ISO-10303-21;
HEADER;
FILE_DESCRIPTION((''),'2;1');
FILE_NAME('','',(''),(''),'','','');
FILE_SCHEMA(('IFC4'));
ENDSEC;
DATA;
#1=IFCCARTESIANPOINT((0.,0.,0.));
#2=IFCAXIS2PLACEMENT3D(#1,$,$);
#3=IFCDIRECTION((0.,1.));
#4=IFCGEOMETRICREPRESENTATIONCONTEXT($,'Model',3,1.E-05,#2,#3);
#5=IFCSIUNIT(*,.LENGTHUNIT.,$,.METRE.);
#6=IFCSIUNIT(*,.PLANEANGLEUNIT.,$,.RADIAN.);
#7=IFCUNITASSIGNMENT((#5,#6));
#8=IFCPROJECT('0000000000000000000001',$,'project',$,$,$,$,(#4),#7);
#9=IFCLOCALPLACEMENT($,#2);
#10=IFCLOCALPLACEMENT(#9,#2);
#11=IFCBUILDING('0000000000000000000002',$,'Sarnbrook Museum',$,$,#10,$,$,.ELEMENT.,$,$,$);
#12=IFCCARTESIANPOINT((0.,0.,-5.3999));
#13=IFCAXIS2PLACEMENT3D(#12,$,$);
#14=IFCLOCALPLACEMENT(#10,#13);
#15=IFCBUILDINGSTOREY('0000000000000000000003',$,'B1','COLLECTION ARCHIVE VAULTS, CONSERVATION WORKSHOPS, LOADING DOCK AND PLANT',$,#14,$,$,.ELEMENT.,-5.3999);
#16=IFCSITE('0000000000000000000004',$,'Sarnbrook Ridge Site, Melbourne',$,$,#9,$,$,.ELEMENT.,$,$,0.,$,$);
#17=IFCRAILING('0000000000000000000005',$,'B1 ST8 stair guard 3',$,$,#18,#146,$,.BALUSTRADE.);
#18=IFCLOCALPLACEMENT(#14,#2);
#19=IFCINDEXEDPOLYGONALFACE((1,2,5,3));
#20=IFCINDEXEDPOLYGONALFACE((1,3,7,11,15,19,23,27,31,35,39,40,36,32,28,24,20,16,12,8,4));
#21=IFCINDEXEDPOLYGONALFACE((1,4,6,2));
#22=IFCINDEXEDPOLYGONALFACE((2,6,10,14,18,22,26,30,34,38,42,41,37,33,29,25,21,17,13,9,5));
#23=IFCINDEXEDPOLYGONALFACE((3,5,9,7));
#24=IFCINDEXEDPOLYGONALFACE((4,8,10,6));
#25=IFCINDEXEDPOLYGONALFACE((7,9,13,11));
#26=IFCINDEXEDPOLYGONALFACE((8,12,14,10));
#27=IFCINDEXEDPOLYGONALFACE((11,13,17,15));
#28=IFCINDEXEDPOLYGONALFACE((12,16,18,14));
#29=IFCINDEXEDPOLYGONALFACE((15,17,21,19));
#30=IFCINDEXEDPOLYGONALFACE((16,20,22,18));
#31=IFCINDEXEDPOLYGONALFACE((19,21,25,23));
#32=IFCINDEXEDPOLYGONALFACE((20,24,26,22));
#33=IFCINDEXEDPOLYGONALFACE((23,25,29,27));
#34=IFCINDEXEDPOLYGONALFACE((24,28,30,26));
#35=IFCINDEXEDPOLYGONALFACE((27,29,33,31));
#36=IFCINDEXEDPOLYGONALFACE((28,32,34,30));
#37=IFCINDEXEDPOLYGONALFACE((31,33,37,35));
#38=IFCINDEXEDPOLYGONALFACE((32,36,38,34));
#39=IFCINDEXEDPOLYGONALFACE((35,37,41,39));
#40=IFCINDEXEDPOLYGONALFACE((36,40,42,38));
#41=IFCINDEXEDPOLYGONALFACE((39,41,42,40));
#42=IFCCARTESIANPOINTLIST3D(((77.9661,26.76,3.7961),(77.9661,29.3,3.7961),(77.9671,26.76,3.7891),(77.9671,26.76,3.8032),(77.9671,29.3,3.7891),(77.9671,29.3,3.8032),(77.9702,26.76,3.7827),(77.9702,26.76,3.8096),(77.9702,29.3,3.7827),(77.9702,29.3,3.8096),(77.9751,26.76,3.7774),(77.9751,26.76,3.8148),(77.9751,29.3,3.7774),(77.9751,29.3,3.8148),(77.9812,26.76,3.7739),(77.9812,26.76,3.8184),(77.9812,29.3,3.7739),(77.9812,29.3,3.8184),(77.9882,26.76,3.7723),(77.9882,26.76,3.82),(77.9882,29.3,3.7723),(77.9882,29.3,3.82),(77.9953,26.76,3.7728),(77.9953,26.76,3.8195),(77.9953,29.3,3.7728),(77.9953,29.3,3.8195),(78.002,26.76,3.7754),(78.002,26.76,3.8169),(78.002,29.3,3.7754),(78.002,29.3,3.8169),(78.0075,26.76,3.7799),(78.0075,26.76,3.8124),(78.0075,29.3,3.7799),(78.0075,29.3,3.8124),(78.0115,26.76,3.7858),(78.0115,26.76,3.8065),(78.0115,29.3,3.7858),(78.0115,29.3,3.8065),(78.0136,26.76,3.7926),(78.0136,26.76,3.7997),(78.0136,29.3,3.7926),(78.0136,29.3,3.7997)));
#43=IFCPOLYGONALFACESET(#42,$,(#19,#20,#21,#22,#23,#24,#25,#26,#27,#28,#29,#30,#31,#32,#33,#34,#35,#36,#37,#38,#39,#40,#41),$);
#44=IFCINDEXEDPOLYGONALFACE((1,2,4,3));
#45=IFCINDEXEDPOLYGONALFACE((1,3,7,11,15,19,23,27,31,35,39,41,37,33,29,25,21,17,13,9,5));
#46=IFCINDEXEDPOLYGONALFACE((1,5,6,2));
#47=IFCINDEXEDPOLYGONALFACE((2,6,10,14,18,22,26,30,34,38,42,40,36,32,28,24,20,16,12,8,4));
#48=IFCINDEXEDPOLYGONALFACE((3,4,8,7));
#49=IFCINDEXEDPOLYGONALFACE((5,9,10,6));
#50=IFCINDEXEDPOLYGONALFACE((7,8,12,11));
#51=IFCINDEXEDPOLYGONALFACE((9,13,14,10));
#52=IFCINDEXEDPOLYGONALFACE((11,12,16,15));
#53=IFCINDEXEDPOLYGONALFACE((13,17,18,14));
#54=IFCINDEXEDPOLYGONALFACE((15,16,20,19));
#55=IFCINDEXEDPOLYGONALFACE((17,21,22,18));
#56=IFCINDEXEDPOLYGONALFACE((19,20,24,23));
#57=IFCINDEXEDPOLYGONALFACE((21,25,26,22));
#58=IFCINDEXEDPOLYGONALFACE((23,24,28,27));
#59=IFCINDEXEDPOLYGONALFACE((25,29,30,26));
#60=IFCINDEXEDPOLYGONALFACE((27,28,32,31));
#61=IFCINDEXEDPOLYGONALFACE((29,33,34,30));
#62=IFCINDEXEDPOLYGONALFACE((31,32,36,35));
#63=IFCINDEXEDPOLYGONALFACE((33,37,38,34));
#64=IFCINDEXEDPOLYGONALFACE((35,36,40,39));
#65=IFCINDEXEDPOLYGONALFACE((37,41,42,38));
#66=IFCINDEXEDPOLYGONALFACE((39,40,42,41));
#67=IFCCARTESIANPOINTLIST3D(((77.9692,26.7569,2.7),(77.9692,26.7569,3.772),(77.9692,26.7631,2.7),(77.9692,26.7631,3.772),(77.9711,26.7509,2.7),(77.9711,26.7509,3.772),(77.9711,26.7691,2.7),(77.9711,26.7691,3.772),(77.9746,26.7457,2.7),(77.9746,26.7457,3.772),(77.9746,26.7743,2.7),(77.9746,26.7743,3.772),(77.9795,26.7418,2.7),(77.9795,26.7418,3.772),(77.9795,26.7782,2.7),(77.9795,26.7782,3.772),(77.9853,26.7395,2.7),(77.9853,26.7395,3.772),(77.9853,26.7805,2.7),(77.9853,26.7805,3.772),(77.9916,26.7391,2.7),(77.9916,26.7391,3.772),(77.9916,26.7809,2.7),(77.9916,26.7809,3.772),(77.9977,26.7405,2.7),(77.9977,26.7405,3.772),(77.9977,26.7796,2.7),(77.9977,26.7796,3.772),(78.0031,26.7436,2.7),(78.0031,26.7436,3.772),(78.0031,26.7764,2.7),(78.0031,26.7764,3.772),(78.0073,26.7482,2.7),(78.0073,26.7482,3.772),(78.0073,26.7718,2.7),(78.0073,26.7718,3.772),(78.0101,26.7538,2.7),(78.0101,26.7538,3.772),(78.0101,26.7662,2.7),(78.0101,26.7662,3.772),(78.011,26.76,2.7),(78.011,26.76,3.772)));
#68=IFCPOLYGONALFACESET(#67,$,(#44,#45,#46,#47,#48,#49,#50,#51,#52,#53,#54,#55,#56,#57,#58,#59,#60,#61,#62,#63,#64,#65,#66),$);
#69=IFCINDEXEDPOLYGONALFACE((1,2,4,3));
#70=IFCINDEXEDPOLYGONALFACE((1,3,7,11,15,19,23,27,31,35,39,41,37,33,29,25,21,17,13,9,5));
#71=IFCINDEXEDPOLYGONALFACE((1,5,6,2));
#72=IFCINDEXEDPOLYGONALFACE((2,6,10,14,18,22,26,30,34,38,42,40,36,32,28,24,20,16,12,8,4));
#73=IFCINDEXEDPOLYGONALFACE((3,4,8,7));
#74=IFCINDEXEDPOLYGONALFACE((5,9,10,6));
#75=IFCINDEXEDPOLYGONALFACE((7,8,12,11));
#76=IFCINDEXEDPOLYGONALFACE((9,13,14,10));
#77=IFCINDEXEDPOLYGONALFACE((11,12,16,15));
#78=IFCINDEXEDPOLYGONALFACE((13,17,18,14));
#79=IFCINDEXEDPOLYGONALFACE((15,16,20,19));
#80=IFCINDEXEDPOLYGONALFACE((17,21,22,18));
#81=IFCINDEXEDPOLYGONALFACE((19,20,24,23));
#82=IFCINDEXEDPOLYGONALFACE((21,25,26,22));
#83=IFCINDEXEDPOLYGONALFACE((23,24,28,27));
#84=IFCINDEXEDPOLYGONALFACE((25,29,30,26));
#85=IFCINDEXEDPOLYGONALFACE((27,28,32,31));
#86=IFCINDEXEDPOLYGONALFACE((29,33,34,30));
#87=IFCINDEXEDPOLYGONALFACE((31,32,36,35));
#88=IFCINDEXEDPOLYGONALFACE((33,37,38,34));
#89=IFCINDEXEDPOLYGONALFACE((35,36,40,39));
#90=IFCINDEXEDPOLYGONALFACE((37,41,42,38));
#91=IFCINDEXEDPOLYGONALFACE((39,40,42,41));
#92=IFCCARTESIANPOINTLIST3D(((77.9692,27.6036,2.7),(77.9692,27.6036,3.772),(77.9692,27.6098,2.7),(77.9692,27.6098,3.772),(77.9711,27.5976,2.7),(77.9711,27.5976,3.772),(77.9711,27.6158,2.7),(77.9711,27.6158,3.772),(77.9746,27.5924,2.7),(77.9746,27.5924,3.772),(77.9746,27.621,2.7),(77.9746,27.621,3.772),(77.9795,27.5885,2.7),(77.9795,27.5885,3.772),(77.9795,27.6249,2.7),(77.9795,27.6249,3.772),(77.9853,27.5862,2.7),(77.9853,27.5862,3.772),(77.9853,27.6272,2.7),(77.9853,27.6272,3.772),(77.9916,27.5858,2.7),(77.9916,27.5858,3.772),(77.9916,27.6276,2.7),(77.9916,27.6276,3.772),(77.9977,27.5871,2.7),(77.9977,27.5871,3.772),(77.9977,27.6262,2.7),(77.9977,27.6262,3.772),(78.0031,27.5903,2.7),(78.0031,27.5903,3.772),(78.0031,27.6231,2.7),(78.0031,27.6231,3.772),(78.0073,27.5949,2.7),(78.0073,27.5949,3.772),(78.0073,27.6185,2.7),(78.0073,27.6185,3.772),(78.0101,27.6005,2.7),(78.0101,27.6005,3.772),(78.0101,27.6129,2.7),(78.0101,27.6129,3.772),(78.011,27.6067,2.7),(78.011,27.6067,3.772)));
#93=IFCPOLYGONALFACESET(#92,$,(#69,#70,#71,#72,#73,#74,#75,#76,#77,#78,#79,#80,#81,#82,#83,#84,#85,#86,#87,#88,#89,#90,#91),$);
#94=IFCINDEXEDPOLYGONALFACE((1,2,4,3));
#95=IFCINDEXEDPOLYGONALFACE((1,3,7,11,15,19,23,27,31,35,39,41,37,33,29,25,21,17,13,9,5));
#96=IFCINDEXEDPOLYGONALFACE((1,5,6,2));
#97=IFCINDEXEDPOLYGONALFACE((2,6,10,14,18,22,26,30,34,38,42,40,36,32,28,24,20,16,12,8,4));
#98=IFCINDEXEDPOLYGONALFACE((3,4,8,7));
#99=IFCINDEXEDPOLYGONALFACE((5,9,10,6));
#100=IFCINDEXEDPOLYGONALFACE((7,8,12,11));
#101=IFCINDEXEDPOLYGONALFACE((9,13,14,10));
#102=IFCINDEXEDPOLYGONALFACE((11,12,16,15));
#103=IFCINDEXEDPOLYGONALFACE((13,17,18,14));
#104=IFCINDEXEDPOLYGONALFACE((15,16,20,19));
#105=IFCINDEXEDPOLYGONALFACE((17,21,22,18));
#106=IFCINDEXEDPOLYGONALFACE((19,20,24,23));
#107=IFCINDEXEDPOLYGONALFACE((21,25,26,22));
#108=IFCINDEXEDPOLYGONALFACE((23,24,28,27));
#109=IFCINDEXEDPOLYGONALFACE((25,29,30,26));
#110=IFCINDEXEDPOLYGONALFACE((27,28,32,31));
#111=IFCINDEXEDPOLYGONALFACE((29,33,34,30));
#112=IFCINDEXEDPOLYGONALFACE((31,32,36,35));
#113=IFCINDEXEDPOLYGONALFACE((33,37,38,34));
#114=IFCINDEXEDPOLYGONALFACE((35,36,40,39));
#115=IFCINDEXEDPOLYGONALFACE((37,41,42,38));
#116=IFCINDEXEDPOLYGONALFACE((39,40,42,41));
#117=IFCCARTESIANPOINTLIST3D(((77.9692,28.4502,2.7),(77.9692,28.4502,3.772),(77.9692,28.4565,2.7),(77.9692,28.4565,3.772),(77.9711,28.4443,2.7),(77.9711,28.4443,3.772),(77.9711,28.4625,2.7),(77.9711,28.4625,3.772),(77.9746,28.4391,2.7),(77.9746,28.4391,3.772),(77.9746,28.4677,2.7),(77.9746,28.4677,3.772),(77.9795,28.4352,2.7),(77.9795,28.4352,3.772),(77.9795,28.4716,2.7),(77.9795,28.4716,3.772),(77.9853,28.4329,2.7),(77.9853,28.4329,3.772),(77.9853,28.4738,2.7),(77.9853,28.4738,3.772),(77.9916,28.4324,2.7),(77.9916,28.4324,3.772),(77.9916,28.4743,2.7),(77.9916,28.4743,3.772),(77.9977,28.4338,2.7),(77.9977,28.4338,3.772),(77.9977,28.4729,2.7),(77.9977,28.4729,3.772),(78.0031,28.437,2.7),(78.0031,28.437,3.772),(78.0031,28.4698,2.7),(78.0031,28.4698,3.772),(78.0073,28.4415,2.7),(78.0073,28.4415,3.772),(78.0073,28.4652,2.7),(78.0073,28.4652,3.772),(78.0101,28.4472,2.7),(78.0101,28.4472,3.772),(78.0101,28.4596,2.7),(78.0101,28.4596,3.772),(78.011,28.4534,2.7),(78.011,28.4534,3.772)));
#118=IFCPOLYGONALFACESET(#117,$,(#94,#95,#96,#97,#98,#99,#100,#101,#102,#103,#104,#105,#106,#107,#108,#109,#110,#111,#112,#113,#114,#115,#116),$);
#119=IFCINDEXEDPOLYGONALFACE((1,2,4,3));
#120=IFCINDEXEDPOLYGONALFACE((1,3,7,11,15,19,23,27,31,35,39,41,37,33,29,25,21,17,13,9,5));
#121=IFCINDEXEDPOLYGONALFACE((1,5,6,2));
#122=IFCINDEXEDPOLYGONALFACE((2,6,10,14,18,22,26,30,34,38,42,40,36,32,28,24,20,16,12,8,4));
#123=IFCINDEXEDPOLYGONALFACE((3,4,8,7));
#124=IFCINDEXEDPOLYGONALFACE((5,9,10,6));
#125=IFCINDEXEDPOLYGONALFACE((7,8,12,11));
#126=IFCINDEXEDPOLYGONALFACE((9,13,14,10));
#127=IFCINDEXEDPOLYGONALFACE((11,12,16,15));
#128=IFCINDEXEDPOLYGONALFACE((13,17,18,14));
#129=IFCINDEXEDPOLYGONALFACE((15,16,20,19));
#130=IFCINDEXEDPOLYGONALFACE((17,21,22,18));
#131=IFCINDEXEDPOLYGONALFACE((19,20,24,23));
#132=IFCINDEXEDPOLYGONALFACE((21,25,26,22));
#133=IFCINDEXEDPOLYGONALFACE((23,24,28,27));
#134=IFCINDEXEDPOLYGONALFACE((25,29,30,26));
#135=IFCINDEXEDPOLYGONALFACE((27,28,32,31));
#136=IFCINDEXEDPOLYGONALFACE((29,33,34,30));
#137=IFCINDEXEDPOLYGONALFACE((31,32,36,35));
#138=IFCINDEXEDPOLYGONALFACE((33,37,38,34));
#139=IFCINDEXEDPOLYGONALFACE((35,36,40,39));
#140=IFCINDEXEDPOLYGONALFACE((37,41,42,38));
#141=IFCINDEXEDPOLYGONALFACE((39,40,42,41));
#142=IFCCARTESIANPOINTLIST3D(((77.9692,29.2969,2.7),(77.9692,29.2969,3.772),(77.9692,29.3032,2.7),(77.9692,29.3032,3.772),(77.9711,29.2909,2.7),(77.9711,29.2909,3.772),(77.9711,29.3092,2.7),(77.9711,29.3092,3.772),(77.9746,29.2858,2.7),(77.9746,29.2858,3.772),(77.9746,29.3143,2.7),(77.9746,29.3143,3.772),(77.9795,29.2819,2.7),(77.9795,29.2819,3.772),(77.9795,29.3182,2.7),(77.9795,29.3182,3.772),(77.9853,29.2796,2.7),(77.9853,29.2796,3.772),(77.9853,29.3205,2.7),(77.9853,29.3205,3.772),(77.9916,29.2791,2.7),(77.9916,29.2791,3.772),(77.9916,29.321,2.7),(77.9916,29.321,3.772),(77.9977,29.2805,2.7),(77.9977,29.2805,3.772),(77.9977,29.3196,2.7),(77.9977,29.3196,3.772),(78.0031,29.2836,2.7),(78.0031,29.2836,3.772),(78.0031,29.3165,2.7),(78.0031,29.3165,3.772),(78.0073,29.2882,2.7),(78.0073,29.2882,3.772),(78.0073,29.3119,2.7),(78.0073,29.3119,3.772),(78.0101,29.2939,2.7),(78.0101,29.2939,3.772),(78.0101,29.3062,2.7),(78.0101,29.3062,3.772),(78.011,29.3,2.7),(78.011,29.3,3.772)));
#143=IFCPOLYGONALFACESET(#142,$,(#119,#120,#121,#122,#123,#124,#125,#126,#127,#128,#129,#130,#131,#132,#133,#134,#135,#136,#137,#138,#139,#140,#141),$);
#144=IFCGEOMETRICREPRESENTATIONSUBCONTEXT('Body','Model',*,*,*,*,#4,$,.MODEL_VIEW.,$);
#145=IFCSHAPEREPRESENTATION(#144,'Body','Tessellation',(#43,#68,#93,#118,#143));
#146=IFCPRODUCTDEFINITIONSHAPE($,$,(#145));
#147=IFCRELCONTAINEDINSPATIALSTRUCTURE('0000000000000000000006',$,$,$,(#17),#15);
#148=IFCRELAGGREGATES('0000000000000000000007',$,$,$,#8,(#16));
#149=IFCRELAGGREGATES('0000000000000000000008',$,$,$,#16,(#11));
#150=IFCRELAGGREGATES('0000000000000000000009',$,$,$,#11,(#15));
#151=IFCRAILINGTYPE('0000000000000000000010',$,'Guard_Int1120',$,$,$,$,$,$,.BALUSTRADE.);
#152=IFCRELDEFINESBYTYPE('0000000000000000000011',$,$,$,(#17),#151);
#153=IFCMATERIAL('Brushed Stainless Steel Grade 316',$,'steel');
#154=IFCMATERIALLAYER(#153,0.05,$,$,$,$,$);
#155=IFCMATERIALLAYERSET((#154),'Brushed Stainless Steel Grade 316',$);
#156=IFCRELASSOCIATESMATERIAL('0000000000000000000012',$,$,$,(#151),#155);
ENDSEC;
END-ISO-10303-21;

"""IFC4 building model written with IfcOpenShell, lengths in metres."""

from ifc_helpers import new_model, si_unit, direction, frame, origin, origin_2d, place, context, subcontext, project, spatial, circle, extrude, material, layer, layer_set, type_object, element, save


model = new_model("IFC4")

# Units and contexts
model_context = context("Model", 3, precision=1e-05, world=origin(), true_north=direction((0.0, 1.0)))
body_context = subcontext(model_context, "Body", "Model", "MODEL_VIEW")
ifc_project = project(units=[si_unit("LENGTHUNIT", "METRE"), si_unit("PLANEANGLEUNIT", "RADIAN")], contexts=[model_context])

# Site, building, storey
site_placement = place(None, origin())
site = spatial("IfcSite", under=ifc_project, at=site_placement, Name="Sarnbrook Ridge Site, Melbourne", CompositionType="ELEMENT", RefElevation=0.0)
building_placement = place(site_placement, origin())
building = spatial("IfcBuilding", under=site, at=building_placement, Name="Sarnbrook Museum", CompositionType="ELEMENT")
storey_placement = place(building_placement, frame((0.0, 0.0, -5.3999)))
storey = spatial("IfcBuildingStorey", under=building, at=storey_placement, Name="B1", Description="COLLECTION ARCHIVE VAULTS, CONSERVATION WORKSHOPS, LOADING DOCK AND PLANT", CompositionType="ELEMENT", Elevation=-5.3999)

# Railing
ifc_material_1 = material(Name="Brushed Stainless Steel Grade 316", Category="steel")
ifc_layer_1 = layer(ifc_material_1, 0.05)
ifc_layer_set_1 = layer_set([ifc_layer_1], Name="Brushed Stainless Steel Grade 316")
railing_type_1 = type_object("IfcRailingType", Name="Guard_Int1120", PredefinedType="BALUSTRADE", material=ifc_layer_set_1)
for number, where, name in (
    (1, (77.99, 26.76, 2.7), "B1 ST8 stair guard 3"),
):
    element("IfcRailing", number, at=place(storey_placement, frame(where)), inside=storey, type_object=railing_type_1, Name=name, PredefinedType="BALUSTRADE", context=body_context, shape_type="SweptSolid", body=[
        extrude(circle(Radius=0.0239, at=origin_2d()), frame((0.0, 0.0, 1.0962), z_axis=(0.0, 1.0, 0.0), x_axis=(-1.0, 0.0, 0.0)), (0.0, 0.0, 1.0), 2.54),
        extrude(circle(Radius=0.021, at=origin_2d()), origin(), (0.0, 0.0, 1.0), 1.072),
        extrude(circle(Radius=0.021, at=origin_2d()), frame((0.0, 0.8467, 0.0)), (0.0, 0.0, 1.0), 1.072),
        extrude(circle(Radius=0.021, at=origin_2d()), frame((0.0, 1.6934, 0.0)), (0.0, 0.0, 1.0), 1.072),
        extrude(circle(Radius=0.021, at=origin_2d()), frame((0.0, 2.54, 0.0)), (0.0, 0.0, 1.0), 1.072),
    ])

save(model, "model.ifc")
